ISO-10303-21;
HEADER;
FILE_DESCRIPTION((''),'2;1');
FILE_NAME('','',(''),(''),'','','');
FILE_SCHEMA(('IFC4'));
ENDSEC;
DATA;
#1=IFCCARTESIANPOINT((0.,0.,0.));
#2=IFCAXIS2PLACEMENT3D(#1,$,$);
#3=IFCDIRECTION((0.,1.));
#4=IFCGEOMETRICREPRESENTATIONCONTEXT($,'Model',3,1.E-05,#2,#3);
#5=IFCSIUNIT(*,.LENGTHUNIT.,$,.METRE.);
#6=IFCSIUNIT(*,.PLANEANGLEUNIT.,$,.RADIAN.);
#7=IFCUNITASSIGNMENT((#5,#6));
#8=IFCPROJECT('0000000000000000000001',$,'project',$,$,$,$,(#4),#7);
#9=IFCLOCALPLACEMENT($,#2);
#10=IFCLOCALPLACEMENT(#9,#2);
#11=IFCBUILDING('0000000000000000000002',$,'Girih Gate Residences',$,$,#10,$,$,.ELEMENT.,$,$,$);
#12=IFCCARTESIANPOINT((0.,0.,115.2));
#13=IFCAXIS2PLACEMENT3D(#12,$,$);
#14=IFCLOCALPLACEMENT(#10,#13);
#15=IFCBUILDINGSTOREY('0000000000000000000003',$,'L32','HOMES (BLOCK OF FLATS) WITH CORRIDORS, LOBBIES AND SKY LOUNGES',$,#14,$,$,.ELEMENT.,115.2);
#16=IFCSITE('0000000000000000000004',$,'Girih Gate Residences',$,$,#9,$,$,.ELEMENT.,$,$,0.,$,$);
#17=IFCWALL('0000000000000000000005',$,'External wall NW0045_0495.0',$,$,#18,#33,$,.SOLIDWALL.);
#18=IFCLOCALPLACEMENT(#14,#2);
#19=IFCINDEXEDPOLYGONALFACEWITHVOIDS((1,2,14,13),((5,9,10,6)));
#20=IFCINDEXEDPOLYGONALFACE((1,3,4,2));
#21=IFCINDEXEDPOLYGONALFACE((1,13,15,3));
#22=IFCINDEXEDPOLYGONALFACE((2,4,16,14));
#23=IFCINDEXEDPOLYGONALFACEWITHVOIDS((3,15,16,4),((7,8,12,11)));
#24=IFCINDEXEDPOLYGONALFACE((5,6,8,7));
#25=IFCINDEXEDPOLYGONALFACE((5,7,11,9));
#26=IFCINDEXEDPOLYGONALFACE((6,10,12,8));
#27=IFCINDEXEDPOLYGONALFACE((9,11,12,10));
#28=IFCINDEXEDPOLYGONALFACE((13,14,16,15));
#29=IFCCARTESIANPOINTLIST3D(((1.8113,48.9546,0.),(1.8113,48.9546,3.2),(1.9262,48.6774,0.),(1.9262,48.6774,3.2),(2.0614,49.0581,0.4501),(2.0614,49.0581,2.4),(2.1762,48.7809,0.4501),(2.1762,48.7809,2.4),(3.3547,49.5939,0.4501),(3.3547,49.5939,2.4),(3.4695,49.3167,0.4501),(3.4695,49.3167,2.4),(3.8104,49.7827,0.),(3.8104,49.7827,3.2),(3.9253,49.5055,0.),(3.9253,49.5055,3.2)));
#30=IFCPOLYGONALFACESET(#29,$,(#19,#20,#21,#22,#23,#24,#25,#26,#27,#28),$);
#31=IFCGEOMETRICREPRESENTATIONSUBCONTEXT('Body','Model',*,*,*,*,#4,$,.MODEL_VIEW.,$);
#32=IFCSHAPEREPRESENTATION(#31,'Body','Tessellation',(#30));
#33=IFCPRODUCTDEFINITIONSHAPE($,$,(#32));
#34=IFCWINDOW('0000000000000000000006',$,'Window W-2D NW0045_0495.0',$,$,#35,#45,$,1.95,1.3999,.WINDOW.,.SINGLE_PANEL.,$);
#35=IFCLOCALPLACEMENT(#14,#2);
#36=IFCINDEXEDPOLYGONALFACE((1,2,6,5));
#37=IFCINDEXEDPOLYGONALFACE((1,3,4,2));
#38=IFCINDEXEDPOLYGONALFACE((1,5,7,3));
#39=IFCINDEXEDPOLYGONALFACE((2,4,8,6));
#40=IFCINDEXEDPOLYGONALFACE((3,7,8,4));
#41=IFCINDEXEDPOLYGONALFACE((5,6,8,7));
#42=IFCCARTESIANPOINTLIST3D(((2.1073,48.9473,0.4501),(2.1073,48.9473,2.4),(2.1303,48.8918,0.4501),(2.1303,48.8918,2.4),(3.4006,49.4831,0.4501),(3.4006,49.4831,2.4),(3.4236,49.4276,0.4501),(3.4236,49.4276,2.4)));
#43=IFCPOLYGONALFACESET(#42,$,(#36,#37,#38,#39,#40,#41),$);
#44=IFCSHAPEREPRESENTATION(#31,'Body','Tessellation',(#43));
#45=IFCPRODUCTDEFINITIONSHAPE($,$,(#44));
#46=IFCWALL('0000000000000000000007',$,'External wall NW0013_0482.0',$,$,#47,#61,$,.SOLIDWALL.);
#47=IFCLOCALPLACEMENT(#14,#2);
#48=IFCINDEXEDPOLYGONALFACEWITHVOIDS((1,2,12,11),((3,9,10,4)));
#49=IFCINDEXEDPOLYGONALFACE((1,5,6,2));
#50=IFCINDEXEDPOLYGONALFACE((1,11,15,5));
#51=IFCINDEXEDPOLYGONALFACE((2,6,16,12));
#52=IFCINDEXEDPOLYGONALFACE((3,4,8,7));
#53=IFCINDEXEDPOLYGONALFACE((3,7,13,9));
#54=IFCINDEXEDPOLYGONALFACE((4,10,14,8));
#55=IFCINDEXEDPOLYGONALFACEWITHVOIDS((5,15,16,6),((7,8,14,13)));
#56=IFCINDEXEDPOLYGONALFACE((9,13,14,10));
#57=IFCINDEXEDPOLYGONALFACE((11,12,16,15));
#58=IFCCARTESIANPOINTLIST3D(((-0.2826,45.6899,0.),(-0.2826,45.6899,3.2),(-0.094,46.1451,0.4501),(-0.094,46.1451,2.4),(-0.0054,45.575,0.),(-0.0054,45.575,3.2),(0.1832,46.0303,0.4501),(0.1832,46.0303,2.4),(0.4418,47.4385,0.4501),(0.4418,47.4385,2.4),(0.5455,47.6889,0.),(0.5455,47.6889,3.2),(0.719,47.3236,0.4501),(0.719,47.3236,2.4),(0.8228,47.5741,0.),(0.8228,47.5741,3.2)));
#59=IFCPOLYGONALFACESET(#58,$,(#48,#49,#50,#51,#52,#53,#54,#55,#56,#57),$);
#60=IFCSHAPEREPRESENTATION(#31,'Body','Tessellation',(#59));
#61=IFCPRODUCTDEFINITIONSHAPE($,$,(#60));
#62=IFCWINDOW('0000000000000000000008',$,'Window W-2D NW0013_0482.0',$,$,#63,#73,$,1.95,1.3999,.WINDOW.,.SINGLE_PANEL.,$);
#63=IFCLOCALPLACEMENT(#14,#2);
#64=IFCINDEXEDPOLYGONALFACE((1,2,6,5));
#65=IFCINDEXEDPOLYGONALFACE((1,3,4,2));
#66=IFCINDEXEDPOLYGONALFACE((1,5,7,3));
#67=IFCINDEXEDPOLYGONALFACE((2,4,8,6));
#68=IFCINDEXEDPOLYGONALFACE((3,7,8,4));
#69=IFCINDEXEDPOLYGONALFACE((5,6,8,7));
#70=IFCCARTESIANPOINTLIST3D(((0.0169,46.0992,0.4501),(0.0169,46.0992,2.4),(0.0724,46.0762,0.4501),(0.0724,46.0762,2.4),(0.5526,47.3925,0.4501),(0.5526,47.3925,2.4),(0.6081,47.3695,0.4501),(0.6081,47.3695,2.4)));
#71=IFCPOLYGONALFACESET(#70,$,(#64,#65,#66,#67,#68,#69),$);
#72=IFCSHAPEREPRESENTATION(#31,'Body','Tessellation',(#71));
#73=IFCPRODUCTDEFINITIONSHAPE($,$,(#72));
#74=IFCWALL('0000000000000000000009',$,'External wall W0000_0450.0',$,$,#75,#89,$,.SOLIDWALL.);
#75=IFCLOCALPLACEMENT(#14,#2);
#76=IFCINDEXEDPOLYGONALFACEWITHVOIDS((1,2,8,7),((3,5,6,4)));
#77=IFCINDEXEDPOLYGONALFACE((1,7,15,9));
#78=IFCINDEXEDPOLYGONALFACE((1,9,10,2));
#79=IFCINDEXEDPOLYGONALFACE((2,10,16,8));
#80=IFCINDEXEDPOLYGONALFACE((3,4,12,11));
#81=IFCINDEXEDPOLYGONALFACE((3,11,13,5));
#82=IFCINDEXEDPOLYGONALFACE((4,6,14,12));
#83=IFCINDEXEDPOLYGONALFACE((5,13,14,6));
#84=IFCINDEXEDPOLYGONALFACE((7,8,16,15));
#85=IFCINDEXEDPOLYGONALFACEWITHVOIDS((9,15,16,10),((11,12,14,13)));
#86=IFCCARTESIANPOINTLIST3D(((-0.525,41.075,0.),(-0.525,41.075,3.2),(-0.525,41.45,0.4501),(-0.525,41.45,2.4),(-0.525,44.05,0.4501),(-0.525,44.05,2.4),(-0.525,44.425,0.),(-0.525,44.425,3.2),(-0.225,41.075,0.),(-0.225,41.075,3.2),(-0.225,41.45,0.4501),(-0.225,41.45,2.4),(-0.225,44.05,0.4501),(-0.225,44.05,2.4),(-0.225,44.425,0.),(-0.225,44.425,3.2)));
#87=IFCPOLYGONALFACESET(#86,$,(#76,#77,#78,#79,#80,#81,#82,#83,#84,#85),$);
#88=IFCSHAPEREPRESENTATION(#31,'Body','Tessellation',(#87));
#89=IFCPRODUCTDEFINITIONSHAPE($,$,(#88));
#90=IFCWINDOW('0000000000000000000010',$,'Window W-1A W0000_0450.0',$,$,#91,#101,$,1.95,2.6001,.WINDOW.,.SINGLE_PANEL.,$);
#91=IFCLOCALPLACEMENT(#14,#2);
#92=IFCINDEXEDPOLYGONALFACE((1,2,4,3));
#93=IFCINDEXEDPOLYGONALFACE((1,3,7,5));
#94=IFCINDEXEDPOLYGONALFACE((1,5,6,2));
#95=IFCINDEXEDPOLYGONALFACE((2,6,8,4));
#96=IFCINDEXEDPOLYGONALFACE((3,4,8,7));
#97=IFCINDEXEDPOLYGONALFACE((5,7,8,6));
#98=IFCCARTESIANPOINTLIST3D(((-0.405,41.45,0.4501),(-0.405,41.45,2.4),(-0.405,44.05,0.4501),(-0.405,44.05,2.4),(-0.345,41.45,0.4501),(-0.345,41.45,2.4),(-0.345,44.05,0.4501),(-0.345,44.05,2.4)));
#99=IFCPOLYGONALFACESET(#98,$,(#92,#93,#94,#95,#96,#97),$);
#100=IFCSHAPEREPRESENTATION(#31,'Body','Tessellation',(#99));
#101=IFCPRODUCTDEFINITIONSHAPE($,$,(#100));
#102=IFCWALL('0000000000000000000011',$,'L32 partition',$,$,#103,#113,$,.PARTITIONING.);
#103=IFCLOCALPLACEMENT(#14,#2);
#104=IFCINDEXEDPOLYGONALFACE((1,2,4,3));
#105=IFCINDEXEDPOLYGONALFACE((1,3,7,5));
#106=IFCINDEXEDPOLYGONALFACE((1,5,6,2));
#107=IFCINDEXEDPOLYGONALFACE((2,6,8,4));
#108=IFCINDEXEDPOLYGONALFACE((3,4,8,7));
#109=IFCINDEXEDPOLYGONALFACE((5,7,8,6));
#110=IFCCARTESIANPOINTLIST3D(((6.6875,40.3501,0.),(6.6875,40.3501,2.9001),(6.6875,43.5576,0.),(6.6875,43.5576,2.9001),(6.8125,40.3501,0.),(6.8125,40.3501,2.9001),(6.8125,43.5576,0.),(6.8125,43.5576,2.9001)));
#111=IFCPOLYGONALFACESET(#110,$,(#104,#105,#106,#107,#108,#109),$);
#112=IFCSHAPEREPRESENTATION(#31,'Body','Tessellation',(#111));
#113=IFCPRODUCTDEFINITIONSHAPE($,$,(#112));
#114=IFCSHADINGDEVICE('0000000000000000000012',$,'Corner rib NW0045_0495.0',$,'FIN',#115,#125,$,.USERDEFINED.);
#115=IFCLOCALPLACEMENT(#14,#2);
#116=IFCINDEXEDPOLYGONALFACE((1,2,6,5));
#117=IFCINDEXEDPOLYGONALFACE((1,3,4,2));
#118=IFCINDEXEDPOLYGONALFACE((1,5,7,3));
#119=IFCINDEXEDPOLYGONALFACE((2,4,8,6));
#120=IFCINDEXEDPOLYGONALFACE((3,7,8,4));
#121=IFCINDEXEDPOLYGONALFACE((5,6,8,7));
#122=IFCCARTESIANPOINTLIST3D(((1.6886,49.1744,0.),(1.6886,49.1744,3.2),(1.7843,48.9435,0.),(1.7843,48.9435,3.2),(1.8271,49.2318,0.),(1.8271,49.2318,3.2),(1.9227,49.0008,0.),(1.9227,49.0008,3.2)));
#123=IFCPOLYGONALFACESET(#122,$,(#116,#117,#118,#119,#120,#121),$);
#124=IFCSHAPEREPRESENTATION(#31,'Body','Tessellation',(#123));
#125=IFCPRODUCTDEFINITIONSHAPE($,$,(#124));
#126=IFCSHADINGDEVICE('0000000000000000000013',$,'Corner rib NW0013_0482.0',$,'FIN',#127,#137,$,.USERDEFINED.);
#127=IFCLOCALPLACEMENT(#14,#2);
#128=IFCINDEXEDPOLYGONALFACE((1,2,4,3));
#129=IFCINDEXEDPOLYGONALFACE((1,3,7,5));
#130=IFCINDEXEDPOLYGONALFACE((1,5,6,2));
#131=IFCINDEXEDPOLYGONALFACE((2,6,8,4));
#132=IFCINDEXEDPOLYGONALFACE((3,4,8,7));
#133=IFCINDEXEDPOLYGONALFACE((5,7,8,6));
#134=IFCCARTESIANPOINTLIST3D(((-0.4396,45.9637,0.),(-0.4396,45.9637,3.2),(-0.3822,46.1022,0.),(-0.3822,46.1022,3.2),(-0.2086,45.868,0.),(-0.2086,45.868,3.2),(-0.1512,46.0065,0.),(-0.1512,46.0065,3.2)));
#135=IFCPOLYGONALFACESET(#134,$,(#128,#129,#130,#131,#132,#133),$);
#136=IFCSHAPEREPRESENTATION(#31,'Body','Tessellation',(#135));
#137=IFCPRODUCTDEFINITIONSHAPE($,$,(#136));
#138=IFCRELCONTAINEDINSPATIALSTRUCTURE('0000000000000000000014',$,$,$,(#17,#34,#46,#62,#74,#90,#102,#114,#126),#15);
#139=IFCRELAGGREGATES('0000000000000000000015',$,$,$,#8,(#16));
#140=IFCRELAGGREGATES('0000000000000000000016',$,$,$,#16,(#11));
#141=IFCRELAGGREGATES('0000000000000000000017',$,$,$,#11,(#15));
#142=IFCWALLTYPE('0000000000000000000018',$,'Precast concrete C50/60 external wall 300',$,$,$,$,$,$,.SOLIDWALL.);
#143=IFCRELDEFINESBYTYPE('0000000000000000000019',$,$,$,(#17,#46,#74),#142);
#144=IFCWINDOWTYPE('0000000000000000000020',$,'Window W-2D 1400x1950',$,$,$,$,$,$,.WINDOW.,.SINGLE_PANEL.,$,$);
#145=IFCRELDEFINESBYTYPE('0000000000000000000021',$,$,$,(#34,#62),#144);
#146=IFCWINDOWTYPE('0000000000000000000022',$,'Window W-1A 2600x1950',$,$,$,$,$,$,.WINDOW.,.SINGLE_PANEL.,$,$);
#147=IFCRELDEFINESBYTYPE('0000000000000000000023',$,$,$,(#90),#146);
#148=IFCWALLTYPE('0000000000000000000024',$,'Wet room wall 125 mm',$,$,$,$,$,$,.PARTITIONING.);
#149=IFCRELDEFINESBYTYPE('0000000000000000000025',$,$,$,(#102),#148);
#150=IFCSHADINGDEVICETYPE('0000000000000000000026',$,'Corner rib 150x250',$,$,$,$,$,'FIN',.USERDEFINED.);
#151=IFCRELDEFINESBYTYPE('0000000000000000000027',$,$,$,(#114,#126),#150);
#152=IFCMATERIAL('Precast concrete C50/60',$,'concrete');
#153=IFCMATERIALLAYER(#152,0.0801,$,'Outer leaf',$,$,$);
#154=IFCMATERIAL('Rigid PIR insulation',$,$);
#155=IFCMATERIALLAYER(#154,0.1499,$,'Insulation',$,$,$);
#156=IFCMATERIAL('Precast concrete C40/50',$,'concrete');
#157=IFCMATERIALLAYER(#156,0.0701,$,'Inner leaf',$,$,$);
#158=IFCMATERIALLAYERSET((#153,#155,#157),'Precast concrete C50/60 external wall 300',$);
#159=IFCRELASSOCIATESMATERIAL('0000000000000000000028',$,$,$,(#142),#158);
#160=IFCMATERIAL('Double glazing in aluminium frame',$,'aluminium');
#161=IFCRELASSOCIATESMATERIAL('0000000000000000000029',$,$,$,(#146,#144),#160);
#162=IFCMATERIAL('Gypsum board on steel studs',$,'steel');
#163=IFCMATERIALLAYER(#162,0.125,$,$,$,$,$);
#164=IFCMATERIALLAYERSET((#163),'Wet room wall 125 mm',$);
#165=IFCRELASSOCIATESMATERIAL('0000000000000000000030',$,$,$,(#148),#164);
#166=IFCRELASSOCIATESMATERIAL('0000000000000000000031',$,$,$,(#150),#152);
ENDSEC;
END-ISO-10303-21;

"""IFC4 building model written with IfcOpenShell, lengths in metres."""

from ifc_helpers import new_model, si_unit, direction, frame, frame_2d, origin, origin_2d, place, context, subcontext, project, spatial, rectangle, extrude, material, layer, layer_set, type_object, element, fill, save


model = new_model("IFC4")

# Units and contexts
model_context = context("Model", 3, precision=1e-05, world=origin(), true_north=direction((0.0, 1.0)))
body_context = subcontext(model_context, "Body", "Model", "MODEL_VIEW")
ifc_project = project(units=[si_unit("LENGTHUNIT", "METRE"), si_unit("PLANEANGLEUNIT", "RADIAN")], contexts=[model_context])

# Site, building, storey
site_placement = place(None, origin())
site = spatial("IfcSite", under=ifc_project, at=site_placement, Name="Girih Gate Residences", CompositionType="ELEMENT", RefElevation=0.0)
building_placement = place(site_placement, origin())
building = spatial("IfcBuilding", under=site, at=building_placement, Name="Girih Gate Residences", CompositionType="ELEMENT")
storey_placement = place(building_placement, frame((0.0, 0.0, 115.2)))
storey = spatial("IfcBuildingStorey", under=building, at=storey_placement, Name="L32", Description="HOMES (BLOCK OF FLATS) WITH CORRIDORS, LOBBIES AND SKY LOUNGES", CompositionType="ELEMENT", Elevation=115.2)

# Shared definitions
ifc_material_1 = material(Name="Gypsum board on steel studs", Category="steel")

# Walls, openings, windows
ifc_material_2 = material(Name="Precast concrete C50/60", Category="concrete")
ifc_layer_1 = layer(ifc_material_2, 0.0801, Name="Outer leaf")
ifc_material_3 = material(Name="Rigid PIR insulation")
ifc_layer_2 = layer(ifc_material_3, 0.1499, Name="Insulation")
ifc_material_4 = material(Name="Precast concrete C40/50", Category="concrete")
ifc_layer_3 = layer(ifc_material_4, 0.0701, Name="Inner leaf")
ifc_layer_set_1 = layer_set([ifc_layer_1, ifc_layer_2, ifc_layer_3], Name="Precast concrete C50/60 external wall 300")
wall_type_1 = type_object("IfcWallType", Name="Precast concrete C50/60 external wall 300", PredefinedType="SOLIDWALL", material=ifc_layer_set_1)
ifc_material_5 = material(Name="Double glazing in aluminium frame", Category="aluminium")
window_type_1 = type_object("IfcWindowType", Name="Window W-1A 2600x1950", PartitioningType="SINGLE_PANEL", PredefinedType="WINDOW", material=ifc_material_5)
wall_1_placement = place(storey_placement, frame((1.8687, 48.8159, 0.0), z_axis=(0.0, 0.0, 1.0), x_axis=(0.923863, 0.382724, 0.0)))
wall_1 = element("IfcWall", 1, at=wall_1_placement, inside=storey, type_object=wall_type_1, Name="External wall NW0045_0495.0", PredefinedType="SOLIDWALL", context=body_context, shape_type="SweptSolid", body=[
    extrude(rectangle(XDim=2.1638, YDim=0.3, at=frame_2d((1.082, 0.0))), origin(), (0.0, 0.0, 1.0), 3.2),
])
opening_1_placement = place(wall_1_placement, frame((0.2708, 0.0, 0.45)))
opening_1 = element("IfcOpeningElement", 2, at=opening_1_placement, cuts=wall_1, PredefinedType="OPENING", context=body_context, shape_type="SweptSolid", body=[
    extrude(rectangle(XDim=1.3999, YDim=1.95, at=frame_2d((0.7, 0.9751))), frame((0.0, 0.1599, 0.0), z_axis=(0.0, -1.0, 0.0), x_axis=(1.0, 0.0, 0.0)), (0.0, 0.0, 1.0), 0.3201),
])
window_type_2 = type_object("IfcWindowType", Name="Window W-2D 1400x1950", PartitioningType="SINGLE_PANEL", PredefinedType="WINDOW", material=ifc_material_5)
window_1_placement = place(opening_1_placement, origin())
window_1 = element("IfcWindow", 3, at=window_1_placement, inside=storey, type_object=window_type_2, Name="Window W-2D NW0045_0495.0", OverallHeight=1.95, OverallWidth=1.3999, PartitioningType="SINGLE_PANEL", PredefinedType="WINDOW", context=body_context, shape_type="SweptSolid", body=[
    extrude(rectangle(XDim=1.3999, YDim=1.95, at=frame_2d((0.7, 0.9751))), frame((0.0, 0.03, 0.0), z_axis=(0.0, -1.0, 0.0), x_axis=(1.0, 0.0, 0.0)), (0.0, 0.0, 1.0), 0.0601),
])
fill(opening_1, window_1)
wall_2_placement = place(storey_placement, frame((-0.144, 45.6323, 0.0), z_axis=(0.0, 0.0, 1.0), x_axis=(0.382724, 0.923863, 0.0)))
wall_2 = element("IfcWall", 4, at=wall_2_placement, inside=storey, type_object=wall_type_1, Name="External wall NW0013_0482.0", PredefinedType="SOLIDWALL", context=body_context, shape_type="SweptSolid", body=[
    extrude(rectangle(XDim=2.1638, YDim=0.3, at=frame_2d((1.082, 0.0))), origin(), (0.0, 0.0, 1.0), 3.2),
])
opening_2_placement = place(wall_2_placement, frame((0.4929, 0.0, 0.45)))
opening_2 = element("IfcOpeningElement", 5, at=opening_2_placement, cuts=wall_2, PredefinedType="OPENING", context=body_context, shape_type="SweptSolid", body=[
    extrude(rectangle(XDim=1.3999, YDim=1.95, at=frame_2d((0.7, 0.9751))), frame((0.0, 0.1599, 0.0), z_axis=(0.0, -1.0, 0.0), x_axis=(1.0, 0.0, 0.0)), (0.0, 0.0, 1.0), 0.3201),
])
window_2_placement = place(opening_2_placement, origin())
window_2 = element("IfcWindow", 6, at=window_2_placement, inside=storey, type_object=window_type_2, Name="Window W-2D NW0013_0482.0", OverallHeight=1.95, OverallWidth=1.3999, PartitioningType="SINGLE_PANEL", PredefinedType="WINDOW", context=body_context, shape_type="SweptSolid", body=[
    extrude(rectangle(XDim=1.3999, YDim=1.95, at=frame_2d((0.7, 0.9751))), frame((0.0, 0.03, 0.0), z_axis=(0.0, -1.0, 0.0), x_axis=(1.0, 0.0, 0.0)), (0.0, 0.0, 1.0), 0.0601),
])
fill(opening_2, window_2)
wall_3_placement = place(storey_placement, frame((-0.375, 41.075, 0.0), z_axis=(0.0, 0.0, 1.0), x_axis=(0.0, 1.0, 0.0)))
wall_3 = element("IfcWall", 7, at=wall_3_placement, inside=storey, type_object=wall_type_1, Name="External wall W0000_0450.0", PredefinedType="SOLIDWALL", context=body_context, shape_type="SweptSolid", body=[
    extrude(rectangle(XDim=3.3501, YDim=0.3, at=frame_2d((1.675, 0.0))), origin(), (0.0, 0.0, 1.0), 3.2),
])
opening_3_placement = place(wall_3_placement, frame((0.375, 0.0, 0.45)))
opening_3 = element("IfcOpeningElement", 8, at=opening_3_placement, cuts=wall_3, PredefinedType="OPENING", context=body_context, shape_type="SweptSolid", body=[
    extrude(rectangle(XDim=2.6001, YDim=1.95, at=frame_2d((1.3, 0.9751))), frame((0.0, 0.1599, 0.0), z_axis=(0.0, -1.0, 0.0), x_axis=(1.0, 0.0, 0.0)), (0.0, 0.0, 1.0), 0.3201),
])
window_3_placement = place(opening_3_placement, origin())
window_3 = element("IfcWindow", 9, at=window_3_placement, inside=storey, type_object=window_type_1, Name="Window W-1A W0000_0450.0", OverallHeight=1.95, OverallWidth=2.6001, PartitioningType="SINGLE_PANEL", PredefinedType="WINDOW", context=body_context, shape_type="SweptSolid", body=[
    extrude(rectangle(XDim=2.6001, YDim=1.95, at=frame_2d((1.3, 0.9751))), frame((0.0, 0.03, 0.0), z_axis=(0.0, -1.0, 0.0), x_axis=(1.0, 0.0, 0.0)), (0.0, 0.0, 1.0), 0.0601),
])
fill(opening_3, window_3)

# Wall
ifc_layer_4 = layer(ifc_material_1, 0.125)
ifc_layer_set_2 = layer_set([ifc_layer_4], Name="Wet room wall 125 mm")
wall_type_2 = type_object("IfcWallType", Name="Wet room wall 125 mm", PredefinedType="PARTITIONING", material=ifc_layer_set_2)
wall_4_placement = place(storey_placement, frame((6.75, 40.3501, 0.0), z_axis=(0.0, 0.0, 1.0), x_axis=(0.0, 1.0, 0.0)))
element("IfcWall", 10, at=wall_4_placement, inside=storey, type_object=wall_type_2, Name="L32 partition", PredefinedType="PARTITIONING", context=body_context, shape_type="SweptSolid", body=[
    extrude(rectangle(XDim=3.2075, YDim=0.125, at=frame_2d((1.6038, 0.0))), origin(), (0.0, 0.0, 1.0), 2.9001),
])

# Shading devices
shading_device_type = type_object("IfcShadingDeviceType", Name="Corner rib 150x250", ElementType="FIN", PredefinedType="USERDEFINED", material=ifc_material_2)
for number, where, z_axis, x_axis, name in (
    (11, (1.8057, 49.0876, 0.0), (0.0, 0.0, 1.0), (-0.92388, -0.382683, 0.0), "Corner rib NW0045_0495.0"),
    (12, (-0.2954, 45.9851, 0.0), (0.0, 0.0, 1.0), (-0.382683, -0.92388, 0.0), "Corner rib NW0013_0482.0"),
):
    element("IfcShadingDevice", number, at=place(storey_placement, frame(where, z_axis=z_axis, x_axis=x_axis)), inside=storey, type_object=shading_device_type, Name=name, ObjectType="FIN", PredefinedType="USERDEFINED", context=body_context, shape_type="SweptSolid", body=[
        extrude(rectangle(XDim=0.1499, YDim=0.25, at=origin_2d()), origin(), (0.0, 0.0, 1.0), 3.2),
    ])

save(model, "model.ifc")
